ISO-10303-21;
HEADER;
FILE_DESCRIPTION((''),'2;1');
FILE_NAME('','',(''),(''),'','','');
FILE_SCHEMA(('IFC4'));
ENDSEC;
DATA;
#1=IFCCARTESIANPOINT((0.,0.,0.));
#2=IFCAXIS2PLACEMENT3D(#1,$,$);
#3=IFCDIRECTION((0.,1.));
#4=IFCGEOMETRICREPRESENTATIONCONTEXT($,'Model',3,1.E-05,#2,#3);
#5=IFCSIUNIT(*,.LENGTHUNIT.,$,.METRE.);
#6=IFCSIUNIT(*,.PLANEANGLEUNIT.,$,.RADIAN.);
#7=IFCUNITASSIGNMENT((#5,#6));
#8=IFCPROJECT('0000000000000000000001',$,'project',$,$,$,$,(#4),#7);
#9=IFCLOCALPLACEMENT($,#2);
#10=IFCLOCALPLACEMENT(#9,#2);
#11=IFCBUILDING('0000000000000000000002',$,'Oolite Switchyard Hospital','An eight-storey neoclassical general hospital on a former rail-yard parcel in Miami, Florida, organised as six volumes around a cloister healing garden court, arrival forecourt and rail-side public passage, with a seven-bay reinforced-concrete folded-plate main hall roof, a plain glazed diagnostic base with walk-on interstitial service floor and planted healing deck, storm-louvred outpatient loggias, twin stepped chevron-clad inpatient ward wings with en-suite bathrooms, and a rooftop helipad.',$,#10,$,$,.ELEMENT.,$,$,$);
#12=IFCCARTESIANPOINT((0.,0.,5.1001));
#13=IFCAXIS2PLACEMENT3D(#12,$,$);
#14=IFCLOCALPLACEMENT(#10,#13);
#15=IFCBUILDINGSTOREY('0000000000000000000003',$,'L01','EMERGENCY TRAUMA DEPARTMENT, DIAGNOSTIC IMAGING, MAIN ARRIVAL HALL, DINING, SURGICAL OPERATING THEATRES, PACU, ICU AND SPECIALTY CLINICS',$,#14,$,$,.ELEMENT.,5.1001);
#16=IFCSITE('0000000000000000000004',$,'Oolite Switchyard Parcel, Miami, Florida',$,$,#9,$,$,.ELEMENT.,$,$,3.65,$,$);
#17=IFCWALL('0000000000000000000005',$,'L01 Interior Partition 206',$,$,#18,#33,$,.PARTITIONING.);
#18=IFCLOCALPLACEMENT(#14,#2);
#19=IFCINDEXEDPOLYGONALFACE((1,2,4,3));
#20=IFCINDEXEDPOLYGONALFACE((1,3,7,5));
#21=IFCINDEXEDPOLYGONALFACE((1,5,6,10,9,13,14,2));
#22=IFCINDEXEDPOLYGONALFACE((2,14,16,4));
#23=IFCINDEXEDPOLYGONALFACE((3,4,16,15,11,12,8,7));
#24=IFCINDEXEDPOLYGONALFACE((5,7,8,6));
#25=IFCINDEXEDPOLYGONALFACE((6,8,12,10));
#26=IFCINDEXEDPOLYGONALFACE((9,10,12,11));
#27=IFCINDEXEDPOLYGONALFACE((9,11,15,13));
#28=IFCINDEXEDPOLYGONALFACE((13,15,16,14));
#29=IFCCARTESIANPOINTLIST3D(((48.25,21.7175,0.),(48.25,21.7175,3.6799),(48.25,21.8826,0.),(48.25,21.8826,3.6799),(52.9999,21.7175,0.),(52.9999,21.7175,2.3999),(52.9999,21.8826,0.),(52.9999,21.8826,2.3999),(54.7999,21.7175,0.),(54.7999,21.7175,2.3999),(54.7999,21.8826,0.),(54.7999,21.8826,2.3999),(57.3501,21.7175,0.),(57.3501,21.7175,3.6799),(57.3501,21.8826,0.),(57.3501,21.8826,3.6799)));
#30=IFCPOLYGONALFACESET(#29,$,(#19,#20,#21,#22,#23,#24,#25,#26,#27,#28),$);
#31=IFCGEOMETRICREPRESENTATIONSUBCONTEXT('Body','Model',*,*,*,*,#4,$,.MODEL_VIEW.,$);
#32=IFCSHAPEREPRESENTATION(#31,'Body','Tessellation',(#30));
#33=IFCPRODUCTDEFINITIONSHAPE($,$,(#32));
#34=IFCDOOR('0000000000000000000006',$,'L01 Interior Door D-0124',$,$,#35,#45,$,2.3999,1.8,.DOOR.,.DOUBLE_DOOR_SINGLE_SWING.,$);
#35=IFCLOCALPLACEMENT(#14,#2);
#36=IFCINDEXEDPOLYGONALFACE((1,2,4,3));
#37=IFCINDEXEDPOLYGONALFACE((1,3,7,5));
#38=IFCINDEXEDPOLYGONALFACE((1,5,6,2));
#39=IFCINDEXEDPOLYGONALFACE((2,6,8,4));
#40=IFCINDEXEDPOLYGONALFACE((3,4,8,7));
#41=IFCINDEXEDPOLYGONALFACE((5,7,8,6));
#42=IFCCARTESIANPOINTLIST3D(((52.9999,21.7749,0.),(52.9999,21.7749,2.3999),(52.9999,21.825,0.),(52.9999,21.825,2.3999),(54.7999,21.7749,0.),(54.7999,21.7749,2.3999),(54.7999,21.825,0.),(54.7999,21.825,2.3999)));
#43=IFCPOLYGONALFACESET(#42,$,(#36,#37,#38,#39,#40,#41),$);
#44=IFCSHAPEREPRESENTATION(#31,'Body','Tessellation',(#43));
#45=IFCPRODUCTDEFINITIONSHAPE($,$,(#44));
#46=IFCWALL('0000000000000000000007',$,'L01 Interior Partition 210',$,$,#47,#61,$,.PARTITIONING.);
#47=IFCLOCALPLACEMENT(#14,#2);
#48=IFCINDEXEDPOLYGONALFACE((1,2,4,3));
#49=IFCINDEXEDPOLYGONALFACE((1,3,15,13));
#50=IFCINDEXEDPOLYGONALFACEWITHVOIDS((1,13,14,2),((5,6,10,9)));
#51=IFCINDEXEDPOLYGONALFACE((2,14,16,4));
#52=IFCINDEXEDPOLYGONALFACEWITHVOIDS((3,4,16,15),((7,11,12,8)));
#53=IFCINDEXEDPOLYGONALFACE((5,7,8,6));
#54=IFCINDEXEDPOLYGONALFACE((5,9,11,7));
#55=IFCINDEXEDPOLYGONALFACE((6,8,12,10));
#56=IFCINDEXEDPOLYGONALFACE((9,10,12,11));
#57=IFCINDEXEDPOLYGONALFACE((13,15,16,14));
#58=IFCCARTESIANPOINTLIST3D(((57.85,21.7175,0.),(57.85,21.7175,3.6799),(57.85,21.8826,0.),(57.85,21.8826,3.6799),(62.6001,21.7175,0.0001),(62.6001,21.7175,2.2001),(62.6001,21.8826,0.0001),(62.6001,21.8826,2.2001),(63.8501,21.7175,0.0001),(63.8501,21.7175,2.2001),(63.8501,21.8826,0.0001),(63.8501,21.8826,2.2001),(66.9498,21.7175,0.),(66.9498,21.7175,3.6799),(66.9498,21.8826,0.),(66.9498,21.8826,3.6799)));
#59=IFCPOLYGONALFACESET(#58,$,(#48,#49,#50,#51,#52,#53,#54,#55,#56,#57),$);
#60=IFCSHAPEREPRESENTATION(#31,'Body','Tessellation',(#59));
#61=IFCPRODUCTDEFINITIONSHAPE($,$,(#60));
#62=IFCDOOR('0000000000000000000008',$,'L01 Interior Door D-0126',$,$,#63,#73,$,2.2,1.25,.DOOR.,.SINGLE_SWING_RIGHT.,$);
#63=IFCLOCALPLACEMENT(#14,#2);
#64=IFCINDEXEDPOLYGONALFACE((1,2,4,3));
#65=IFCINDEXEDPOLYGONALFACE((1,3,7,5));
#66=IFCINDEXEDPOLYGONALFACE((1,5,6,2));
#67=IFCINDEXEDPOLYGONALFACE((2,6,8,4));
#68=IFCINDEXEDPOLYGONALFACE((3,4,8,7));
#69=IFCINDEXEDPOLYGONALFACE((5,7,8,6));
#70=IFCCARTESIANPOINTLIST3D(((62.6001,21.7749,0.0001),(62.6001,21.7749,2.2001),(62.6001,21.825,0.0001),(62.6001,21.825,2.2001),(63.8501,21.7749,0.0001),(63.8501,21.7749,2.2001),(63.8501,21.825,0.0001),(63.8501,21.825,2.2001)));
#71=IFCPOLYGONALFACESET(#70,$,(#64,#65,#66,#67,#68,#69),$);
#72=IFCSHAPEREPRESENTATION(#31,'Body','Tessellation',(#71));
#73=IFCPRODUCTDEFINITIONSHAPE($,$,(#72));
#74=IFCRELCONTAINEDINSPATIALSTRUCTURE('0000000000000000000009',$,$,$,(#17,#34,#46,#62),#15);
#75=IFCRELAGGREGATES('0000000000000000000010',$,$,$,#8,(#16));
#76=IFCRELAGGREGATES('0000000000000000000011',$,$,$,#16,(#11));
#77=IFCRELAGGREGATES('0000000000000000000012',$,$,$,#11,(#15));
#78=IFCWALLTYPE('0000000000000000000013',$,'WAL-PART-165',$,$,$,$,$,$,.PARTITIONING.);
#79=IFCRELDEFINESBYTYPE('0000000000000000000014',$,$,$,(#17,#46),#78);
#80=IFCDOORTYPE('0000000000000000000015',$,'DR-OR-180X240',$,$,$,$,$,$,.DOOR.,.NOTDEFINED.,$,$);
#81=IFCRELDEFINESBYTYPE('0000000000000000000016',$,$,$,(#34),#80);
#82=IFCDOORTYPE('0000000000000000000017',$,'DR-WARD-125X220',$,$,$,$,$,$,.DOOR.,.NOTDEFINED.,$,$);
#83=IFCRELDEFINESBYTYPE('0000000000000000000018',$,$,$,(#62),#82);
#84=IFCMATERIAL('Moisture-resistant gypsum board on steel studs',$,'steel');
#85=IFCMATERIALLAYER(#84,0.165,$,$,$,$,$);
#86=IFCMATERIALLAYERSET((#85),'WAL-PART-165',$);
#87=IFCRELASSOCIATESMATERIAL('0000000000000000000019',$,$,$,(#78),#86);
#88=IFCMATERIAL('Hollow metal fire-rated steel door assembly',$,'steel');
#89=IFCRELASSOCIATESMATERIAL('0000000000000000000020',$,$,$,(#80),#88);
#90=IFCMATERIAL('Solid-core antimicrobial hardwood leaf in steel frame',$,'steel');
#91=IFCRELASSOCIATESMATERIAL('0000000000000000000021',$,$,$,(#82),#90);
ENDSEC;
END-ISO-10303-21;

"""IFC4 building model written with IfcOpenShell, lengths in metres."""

from ifc_helpers import new_model, si_unit, direction, frame, frame_2d, origin, place, context, subcontext, project, spatial, rectangle, extrude, material, layer, layer_set, type_object, element, fill, save


model = new_model("IFC4")

# Units and contexts
model_context = context("Model", 3, precision=1e-05, world=origin(), true_north=direction((0.0, 1.0)))
body_context = subcontext(model_context, "Body", "Model", "MODEL_VIEW")
ifc_project = project(units=[si_unit("LENGTHUNIT", "METRE"), si_unit("PLANEANGLEUNIT", "RADIAN")], contexts=[model_context])

# Site, building, storey
site_placement = place(None, origin())
site = spatial("IfcSite", under=ifc_project, at=site_placement, Name="Oolite Switchyard Parcel, Miami, Florida", CompositionType="ELEMENT", RefElevation=3.65)
building_placement = place(site_placement, origin())
building = spatial("IfcBuilding", under=site, at=building_placement, Name="Oolite Switchyard Hospital", Description="An eight-storey neoclassical general hospital on a former rail-yard parcel in Miami, Florida, organised as six volumes around a cloister healing garden court, arrival forecourt and rail-side public passage, with a seven-bay reinforced-concrete folded-plate main hall roof, a plain glazed diagnostic base with walk-on interstitial service floor and planted healing deck, storm-louvred outpatient loggias, twin stepped chevron-clad inpatient ward wings with en-suite bathrooms, and a rooftop helipad.", CompositionType="ELEMENT")
storey_placement = place(building_placement, frame((0.0, 0.0, 5.1001)))
storey = spatial("IfcBuildingStorey", under=building, at=storey_placement, Name="L01", Description="EMERGENCY TRAUMA DEPARTMENT, DIAGNOSTIC IMAGING, MAIN ARRIVAL HALL, DINING, SURGICAL OPERATING THEATRES, PACU, ICU AND SPECIALTY CLINICS", CompositionType="ELEMENT", Elevation=5.1001)

# Shared definitions
ifc_material_1 = material(Name="Moisture-resistant gypsum board on steel studs", Category="steel")

# Walls, openings, doors
ifc_layer_1 = layer(ifc_material_1, 0.165)
ifc_layer_set_1 = layer_set([ifc_layer_1], Name="WAL-PART-165")
wall_type_1 = type_object("IfcWallType", Name="WAL-PART-165", PredefinedType="PARTITIONING", material=ifc_layer_set_1)
ifc_material_2 = material(Name="Hollow metal fire-rated steel door assembly", Category="steel")
wall_1_placement = place(storey_placement, frame((48.25, 21.8, 0.0), z_axis=(0.0, 0.0, 1.0), x_axis=(1.0, 0.0, 0.0)))
wall_1 = element("IfcWall", 1, at=wall_1_placement, inside=storey, type_object=wall_type_1, Name="L01 Interior Partition 206", PredefinedType="PARTITIONING", context=body_context, shape_type="SweptSolid", body=[
    extrude(rectangle(XDim=9.1001, YDim=0.165, at=frame_2d((4.55, 0.0))), origin(), (0.0, 0.0, 1.0), 3.6799),
])
opening_1_placement = place(wall_1_placement, frame((4.75, 0.0, 0.0)))
opening_1 = element("IfcOpeningElement", 2, at=opening_1_placement, cuts=wall_1, PredefinedType="OPENING", context=body_context, shape_type="SweptSolid", body=[
    extrude(rectangle(XDim=1.8, YDim=2.3999, at=frame_2d((0.8999, 1.2))), frame((0.0, 0.0925, 0.0), z_axis=(0.0, -1.0, 0.0), x_axis=(1.0, 0.0, 0.0)), (0.0, 0.0, 1.0), 0.1851),
])
door_type_1 = type_object("IfcDoorType", Name="DR-OR-180X240", OperationType="NOTDEFINED", PredefinedType="DOOR", material=ifc_material_2)
door_1_placement = place(opening_1_placement, origin())
door_1 = element("IfcDoor", 3, at=door_1_placement, inside=storey, type_object=door_type_1, Name="L01 Interior Door D-0124", OperationType="DOUBLE_DOOR_SINGLE_SWING", OverallHeight=2.3999, OverallWidth=1.8, PredefinedType="DOOR", context=body_context, shape_type="SweptSolid", body=[
    extrude(rectangle(XDim=1.8, YDim=2.3999, at=frame_2d((0.8999, 1.2))), frame((0.0, 0.0249, 0.0), z_axis=(0.0, -1.0, 0.0), x_axis=(1.0, 0.0, 0.0)), (0.0, 0.0, 1.0), 0.05),
])
fill(opening_1, door_1)
wall_2_placement = place(storey_placement, frame((57.8501, 21.8, 0.0), z_axis=(0.0, 0.0, 1.0), x_axis=(1.0, 0.0, 0.0)))
wall_2 = element("IfcWall", 4, at=wall_2_placement, inside=storey, type_object=wall_type_1, Name="L01 Interior Partition 210", PredefinedType="PARTITIONING", context=body_context, shape_type="SweptSolid", body=[
    extrude(rectangle(XDim=9.0999, YDim=0.165, at=frame_2d((4.5498, 0.0))), origin(), (0.0, 0.0, 1.0), 3.6799),
])
opening_2_placement = place(wall_2_placement, frame((4.75, 0.0, 0.0)))
opening_2 = element("IfcOpeningElement", 5, at=opening_2_placement, cuts=wall_2, PredefinedType="OPENING", context=body_context, shape_type="SweptSolid", body=[
    extrude(rectangle(XDim=1.25, YDim=2.2, at=frame_2d((0.625, 1.1001))), frame((0.0, 0.0925, 0.0), z_axis=(0.0, -1.0, 0.0), x_axis=(1.0, 0.0, 0.0)), (0.0, 0.0, 1.0), 0.1851),
])
ifc_material_3 = material(Name="Solid-core antimicrobial hardwood leaf in steel frame", Category="steel")
door_type_2 = type_object("IfcDoorType", Name="DR-WARD-125X220", OperationType="NOTDEFINED", PredefinedType="DOOR", material=ifc_material_3)
door_2_placement = place(opening_2_placement, origin())
door_2 = element("IfcDoor", 6, at=door_2_placement, inside=storey, type_object=door_type_2, Name="L01 Interior Door D-0126", OperationType="SINGLE_SWING_RIGHT", OverallHeight=2.2, OverallWidth=1.25, PredefinedType="DOOR", context=body_context, shape_type="SweptSolid", body=[
    extrude(rectangle(XDim=1.25, YDim=2.2, at=frame_2d((0.625, 1.1001))), frame((0.0, 0.0249, 0.0), z_axis=(0.0, -1.0, 0.0), x_axis=(1.0, 0.0, 0.0)), (0.0, 0.0, 1.0), 0.05),
])
fill(opening_2, door_2)

save(model, "model.ifc")
